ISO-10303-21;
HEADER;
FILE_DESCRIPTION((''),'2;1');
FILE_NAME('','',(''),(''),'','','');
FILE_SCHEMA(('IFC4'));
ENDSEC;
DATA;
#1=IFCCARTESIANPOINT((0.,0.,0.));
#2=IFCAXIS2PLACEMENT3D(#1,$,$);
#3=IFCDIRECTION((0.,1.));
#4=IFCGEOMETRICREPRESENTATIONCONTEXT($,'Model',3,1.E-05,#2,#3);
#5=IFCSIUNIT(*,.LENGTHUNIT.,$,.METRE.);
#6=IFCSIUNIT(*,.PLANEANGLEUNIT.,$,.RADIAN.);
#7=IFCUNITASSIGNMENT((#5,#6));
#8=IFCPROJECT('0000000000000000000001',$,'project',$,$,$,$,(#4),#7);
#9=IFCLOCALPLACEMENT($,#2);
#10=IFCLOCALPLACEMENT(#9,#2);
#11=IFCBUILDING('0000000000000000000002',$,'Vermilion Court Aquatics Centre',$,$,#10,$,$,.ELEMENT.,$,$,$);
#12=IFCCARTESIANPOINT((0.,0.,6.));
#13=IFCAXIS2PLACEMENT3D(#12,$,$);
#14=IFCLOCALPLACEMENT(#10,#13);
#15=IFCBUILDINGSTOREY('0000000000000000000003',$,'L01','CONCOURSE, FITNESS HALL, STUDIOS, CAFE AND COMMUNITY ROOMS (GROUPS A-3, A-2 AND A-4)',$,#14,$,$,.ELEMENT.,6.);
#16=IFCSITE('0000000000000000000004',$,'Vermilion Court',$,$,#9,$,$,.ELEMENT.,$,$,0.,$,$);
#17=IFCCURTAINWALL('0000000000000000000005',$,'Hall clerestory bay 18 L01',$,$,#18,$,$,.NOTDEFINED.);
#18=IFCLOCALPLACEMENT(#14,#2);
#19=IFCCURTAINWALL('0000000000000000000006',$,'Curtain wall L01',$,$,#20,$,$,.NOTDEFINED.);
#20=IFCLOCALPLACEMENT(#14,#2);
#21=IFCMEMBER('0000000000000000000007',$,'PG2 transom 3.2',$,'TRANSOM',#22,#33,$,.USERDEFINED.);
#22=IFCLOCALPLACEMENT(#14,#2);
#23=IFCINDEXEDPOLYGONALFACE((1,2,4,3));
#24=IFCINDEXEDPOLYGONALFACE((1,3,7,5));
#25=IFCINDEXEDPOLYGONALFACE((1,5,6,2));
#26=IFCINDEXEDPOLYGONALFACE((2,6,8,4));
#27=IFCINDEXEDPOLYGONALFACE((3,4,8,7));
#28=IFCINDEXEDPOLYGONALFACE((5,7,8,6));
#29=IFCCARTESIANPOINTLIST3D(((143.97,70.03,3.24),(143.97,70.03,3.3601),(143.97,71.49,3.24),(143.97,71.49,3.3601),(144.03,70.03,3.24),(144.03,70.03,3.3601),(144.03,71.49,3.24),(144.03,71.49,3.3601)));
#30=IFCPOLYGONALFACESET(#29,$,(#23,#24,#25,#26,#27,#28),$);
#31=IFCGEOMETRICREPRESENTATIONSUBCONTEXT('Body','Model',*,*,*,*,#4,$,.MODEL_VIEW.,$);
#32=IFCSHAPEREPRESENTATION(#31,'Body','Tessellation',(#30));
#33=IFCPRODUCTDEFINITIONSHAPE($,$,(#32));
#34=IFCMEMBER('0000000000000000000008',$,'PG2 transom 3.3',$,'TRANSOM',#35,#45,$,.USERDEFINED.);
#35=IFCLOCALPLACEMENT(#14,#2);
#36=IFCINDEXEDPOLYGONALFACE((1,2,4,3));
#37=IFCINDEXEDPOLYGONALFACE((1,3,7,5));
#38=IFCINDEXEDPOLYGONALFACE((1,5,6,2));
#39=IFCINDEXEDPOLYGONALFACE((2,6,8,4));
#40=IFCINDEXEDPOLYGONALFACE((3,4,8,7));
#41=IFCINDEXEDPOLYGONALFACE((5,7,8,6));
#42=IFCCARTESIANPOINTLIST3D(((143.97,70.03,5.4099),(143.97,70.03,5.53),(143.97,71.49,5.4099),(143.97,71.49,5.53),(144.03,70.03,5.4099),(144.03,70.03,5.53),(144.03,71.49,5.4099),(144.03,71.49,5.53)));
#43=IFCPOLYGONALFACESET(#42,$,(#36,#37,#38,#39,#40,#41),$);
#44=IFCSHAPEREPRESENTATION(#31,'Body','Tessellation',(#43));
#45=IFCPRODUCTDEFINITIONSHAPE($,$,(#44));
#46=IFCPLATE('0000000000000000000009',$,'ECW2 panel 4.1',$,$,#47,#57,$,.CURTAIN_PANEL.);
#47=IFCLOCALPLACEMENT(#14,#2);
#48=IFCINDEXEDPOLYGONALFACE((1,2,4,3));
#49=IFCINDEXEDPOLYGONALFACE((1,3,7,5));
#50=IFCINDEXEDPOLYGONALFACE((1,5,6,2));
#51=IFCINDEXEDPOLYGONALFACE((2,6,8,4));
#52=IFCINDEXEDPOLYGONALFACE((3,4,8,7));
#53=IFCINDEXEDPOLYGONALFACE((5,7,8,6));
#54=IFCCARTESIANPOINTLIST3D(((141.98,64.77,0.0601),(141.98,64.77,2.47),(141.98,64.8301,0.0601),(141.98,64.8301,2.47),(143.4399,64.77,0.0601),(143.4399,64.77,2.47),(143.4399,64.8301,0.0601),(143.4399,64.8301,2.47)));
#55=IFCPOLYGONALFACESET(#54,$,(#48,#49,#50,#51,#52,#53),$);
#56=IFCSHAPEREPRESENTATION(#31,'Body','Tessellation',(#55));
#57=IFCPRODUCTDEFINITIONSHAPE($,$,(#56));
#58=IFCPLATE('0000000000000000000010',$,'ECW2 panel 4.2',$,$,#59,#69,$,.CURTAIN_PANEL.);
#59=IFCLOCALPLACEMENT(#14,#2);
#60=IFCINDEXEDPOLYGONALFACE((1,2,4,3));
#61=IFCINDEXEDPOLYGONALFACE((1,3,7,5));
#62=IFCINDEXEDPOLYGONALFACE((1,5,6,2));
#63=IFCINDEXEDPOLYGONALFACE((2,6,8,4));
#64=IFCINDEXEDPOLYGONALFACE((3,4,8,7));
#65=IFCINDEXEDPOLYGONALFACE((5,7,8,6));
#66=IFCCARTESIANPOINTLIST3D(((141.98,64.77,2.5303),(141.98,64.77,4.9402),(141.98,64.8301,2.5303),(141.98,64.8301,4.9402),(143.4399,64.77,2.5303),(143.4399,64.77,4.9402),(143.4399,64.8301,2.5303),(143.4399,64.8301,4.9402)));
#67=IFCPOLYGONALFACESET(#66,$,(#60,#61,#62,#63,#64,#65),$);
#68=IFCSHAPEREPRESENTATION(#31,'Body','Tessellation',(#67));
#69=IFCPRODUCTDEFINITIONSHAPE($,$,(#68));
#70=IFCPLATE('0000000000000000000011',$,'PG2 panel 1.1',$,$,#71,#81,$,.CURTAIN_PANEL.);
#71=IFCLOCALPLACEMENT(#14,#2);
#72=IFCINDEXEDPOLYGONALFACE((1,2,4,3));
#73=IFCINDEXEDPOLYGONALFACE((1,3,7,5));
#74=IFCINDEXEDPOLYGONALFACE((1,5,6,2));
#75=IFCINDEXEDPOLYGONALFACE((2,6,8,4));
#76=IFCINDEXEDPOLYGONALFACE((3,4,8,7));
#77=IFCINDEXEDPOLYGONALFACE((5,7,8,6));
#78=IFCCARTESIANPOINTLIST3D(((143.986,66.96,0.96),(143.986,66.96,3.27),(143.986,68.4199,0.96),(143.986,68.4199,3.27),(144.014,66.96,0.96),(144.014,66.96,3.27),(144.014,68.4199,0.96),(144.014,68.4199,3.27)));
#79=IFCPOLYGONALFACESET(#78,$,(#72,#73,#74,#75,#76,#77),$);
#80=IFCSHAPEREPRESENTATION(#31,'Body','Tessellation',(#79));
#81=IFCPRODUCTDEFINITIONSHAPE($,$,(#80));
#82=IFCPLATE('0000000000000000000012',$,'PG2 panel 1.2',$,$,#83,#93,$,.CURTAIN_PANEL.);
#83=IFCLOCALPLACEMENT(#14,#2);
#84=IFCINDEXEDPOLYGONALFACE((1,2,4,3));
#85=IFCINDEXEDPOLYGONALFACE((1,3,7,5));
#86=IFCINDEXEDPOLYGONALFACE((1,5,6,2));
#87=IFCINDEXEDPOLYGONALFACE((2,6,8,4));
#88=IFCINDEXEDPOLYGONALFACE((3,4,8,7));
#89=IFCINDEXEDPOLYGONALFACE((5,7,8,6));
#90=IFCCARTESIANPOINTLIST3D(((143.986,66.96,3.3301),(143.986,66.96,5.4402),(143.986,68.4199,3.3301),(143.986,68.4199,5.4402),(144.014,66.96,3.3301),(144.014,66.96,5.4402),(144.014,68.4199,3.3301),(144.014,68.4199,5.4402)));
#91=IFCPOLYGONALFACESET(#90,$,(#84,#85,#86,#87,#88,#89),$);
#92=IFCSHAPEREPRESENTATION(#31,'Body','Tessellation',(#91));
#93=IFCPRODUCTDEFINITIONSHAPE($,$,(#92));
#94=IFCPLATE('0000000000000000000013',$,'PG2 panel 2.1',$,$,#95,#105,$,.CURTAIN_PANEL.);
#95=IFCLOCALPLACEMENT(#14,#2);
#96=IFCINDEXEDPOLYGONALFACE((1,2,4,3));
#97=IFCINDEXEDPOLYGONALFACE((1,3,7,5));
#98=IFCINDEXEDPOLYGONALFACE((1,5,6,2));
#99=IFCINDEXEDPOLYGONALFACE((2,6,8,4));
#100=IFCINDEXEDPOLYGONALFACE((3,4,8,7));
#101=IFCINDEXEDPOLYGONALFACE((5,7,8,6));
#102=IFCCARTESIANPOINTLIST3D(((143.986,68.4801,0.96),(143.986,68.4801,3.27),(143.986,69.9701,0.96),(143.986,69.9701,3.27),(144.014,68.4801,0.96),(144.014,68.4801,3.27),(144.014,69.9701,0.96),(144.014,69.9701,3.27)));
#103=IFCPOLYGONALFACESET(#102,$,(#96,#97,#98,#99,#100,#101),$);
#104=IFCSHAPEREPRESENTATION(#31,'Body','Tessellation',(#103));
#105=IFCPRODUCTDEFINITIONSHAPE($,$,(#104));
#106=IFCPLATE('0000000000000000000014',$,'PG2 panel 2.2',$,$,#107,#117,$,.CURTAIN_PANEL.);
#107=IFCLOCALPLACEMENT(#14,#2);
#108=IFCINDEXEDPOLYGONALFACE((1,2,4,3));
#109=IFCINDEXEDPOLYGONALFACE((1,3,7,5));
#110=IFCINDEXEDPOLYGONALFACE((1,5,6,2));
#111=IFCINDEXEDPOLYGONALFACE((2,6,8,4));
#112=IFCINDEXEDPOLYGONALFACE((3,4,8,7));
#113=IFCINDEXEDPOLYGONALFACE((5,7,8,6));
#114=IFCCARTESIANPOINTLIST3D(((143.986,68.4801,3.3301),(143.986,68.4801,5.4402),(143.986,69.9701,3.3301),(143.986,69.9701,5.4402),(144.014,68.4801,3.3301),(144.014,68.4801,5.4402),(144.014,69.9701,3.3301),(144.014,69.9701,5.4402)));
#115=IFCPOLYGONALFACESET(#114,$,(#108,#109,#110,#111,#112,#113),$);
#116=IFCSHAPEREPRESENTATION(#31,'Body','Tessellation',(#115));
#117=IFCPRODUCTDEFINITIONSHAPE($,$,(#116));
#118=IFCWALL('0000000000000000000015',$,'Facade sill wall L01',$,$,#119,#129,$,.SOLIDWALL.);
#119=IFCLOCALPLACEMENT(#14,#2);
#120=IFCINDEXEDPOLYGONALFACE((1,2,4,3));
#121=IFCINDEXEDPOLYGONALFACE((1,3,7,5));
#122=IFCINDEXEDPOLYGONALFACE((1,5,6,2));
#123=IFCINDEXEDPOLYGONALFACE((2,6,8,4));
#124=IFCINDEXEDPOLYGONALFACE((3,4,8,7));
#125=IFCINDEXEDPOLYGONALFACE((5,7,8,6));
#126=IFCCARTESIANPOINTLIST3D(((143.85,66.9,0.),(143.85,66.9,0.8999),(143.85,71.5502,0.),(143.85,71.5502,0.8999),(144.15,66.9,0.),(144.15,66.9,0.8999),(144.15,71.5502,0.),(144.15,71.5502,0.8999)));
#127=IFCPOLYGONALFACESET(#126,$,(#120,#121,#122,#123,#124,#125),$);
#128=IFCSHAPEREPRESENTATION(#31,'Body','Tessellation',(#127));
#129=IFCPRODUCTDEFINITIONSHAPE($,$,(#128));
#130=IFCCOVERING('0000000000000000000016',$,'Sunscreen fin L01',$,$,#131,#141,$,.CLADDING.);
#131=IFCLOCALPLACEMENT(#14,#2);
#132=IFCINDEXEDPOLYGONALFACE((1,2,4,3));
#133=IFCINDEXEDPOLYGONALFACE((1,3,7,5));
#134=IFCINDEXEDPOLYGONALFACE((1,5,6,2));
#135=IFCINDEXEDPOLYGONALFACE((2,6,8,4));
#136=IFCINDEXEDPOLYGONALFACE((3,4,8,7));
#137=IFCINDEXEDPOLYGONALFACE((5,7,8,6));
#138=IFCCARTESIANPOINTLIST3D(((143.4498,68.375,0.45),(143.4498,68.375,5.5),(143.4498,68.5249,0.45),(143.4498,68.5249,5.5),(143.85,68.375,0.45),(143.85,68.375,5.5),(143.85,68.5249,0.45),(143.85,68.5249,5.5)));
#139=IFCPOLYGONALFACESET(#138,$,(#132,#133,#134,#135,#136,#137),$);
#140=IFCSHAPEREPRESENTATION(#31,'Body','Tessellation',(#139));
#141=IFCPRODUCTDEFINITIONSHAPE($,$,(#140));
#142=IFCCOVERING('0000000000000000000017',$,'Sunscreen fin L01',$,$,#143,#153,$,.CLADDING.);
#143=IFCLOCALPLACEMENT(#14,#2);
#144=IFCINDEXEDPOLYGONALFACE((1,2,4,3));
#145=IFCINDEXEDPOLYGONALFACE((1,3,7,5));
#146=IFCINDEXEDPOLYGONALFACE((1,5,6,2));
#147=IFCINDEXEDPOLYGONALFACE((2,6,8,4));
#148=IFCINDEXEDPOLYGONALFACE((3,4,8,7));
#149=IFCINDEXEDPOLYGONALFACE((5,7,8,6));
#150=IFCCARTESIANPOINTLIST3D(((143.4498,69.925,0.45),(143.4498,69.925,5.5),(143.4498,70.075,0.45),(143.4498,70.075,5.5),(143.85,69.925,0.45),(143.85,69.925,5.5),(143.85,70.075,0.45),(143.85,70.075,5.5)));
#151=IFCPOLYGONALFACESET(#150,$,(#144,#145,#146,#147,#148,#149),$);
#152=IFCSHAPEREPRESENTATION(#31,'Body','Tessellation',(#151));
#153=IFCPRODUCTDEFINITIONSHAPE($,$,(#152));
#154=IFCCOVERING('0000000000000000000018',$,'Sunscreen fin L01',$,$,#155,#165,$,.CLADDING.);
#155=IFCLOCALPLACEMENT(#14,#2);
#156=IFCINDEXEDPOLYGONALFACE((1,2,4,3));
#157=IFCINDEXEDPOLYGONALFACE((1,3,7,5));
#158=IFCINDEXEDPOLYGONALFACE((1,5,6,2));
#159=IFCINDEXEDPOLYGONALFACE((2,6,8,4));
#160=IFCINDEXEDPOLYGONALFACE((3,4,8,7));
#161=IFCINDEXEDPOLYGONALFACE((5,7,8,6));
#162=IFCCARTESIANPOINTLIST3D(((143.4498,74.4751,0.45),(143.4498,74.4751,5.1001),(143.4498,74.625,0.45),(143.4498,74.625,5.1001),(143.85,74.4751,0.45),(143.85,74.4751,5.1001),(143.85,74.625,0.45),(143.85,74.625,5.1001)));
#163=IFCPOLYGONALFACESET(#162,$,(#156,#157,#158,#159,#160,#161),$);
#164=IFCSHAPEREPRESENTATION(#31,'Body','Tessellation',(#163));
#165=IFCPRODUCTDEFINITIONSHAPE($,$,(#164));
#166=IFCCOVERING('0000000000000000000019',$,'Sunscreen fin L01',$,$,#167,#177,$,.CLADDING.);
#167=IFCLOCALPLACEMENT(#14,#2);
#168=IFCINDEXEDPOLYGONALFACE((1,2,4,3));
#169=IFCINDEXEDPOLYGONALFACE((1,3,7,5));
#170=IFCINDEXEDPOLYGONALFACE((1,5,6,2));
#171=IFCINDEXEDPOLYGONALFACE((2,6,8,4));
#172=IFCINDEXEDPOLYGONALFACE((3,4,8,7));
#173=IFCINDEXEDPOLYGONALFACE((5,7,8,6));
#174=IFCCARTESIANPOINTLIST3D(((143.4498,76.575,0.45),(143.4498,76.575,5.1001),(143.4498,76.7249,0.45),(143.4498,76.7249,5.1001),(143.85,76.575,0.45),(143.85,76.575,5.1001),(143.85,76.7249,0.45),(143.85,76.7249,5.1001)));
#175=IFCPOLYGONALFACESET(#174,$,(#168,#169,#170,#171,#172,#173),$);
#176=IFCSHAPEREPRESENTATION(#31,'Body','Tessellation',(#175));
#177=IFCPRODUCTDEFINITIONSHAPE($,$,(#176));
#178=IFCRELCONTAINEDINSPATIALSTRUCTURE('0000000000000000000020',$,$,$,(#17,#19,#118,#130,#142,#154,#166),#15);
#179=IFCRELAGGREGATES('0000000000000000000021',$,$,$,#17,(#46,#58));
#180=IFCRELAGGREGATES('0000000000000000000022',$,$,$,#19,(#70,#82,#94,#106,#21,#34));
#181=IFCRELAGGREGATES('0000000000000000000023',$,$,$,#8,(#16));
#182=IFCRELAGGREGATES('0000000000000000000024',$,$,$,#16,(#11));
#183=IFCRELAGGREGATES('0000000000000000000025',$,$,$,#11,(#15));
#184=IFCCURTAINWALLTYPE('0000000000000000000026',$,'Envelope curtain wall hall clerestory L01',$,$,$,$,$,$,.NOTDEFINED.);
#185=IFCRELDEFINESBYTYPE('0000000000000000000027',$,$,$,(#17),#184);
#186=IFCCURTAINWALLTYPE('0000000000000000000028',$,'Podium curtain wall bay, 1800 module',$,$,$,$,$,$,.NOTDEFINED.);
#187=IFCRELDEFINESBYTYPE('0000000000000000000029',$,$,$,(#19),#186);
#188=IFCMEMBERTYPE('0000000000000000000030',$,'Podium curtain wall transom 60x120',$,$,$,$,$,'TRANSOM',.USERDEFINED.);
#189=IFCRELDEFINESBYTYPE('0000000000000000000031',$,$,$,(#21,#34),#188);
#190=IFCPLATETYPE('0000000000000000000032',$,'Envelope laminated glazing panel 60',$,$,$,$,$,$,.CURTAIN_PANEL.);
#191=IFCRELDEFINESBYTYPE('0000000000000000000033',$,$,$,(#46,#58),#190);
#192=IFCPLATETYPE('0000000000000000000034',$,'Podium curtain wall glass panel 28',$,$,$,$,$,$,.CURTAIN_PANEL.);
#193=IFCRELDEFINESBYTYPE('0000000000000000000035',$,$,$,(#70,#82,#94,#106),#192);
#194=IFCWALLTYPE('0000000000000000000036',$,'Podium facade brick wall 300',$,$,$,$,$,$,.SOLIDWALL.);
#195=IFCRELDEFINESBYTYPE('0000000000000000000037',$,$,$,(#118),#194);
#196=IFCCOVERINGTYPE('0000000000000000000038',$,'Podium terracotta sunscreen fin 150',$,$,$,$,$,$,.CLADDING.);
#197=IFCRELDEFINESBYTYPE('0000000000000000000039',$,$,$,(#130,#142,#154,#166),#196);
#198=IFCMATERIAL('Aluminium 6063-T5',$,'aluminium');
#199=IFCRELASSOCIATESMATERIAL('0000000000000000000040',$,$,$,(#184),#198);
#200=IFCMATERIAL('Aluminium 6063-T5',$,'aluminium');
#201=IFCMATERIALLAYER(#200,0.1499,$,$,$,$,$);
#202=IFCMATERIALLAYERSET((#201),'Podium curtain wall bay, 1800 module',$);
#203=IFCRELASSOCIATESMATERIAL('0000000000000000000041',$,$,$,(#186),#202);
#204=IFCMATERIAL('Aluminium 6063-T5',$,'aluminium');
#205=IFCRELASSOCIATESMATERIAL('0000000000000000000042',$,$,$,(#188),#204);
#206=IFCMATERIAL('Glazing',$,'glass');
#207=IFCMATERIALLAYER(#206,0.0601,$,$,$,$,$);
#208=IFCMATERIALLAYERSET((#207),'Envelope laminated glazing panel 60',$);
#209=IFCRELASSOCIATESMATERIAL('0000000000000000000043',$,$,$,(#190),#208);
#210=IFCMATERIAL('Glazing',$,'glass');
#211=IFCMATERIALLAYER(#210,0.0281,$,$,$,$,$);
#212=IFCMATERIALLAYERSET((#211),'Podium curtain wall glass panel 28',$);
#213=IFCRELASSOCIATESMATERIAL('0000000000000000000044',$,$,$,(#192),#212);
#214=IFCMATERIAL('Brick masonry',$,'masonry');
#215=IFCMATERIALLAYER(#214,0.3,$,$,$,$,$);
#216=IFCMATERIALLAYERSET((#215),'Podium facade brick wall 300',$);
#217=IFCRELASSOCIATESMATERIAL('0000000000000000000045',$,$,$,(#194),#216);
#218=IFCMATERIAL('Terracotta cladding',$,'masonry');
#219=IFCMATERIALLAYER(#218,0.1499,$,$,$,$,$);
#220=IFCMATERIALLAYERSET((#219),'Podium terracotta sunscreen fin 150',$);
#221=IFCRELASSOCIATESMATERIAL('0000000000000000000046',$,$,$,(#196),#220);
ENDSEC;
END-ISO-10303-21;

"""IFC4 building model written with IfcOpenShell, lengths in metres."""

from ifc_helpers import new_model, si_unit, direction, frame, frame_2d, origin, origin_2d, place, context, subcontext, project, spatial, rectangle, extrude, material, layer, layer_set, material_profile, profile_set, type_object, element, aggregate, save


model = new_model("IFC4")

# Units and contexts
model_context = context("Model", 3, precision=1e-05, world=origin(), true_north=direction((0.0, 1.0)))
body_context = subcontext(model_context, "Body", "Model", "MODEL_VIEW")
ifc_project = project(units=[si_unit("LENGTHUNIT", "METRE"), si_unit("PLANEANGLEUNIT", "RADIAN")], contexts=[model_context])

# Site, building, storey
site_placement = place(None, origin())
site = spatial("IfcSite", under=ifc_project, at=site_placement, Name="Vermilion Court", CompositionType="ELEMENT", RefElevation=0.0)
building_placement = place(site_placement, origin())
building = spatial("IfcBuilding", under=site, at=building_placement, Name="Vermilion Court Aquatics Centre", CompositionType="ELEMENT")
storey_placement = place(building_placement, frame((0.0, 0.0, 6.0)))
storey = spatial("IfcBuildingStorey", under=building, at=storey_placement, Name="L01", Description="CONCOURSE, FITNESS HALL, STUDIOS, CAFE AND COMMUNITY ROOMS (GROUPS A-3, A-2 AND A-4)", CompositionType="ELEMENT", Elevation=6.0)

# Curtain walls, members
ifc_material_1 = material(Name="Aluminium 6063-T5", Category="aluminium")
curtain_wall_type_1 = type_object("IfcCurtainWallType", Name="Envelope curtain wall hall clerestory L01", PredefinedType="NOTDEFINED", material=ifc_material_1)
curtain_wall_1_placement = place(storey_placement, origin())
curtain_wall_1 = element("IfcCurtainWall", 1, at=curtain_wall_1_placement, inside=storey, type_object=curtain_wall_type_1, Name="Hall clerestory bay 18 L01", PredefinedType="NOTDEFINED")
ifc_material_2 = material(Name="Aluminium 6063-T5", Category="aluminium")
ifc_layer_1 = layer(ifc_material_2, 0.1499)
ifc_layer_set_1 = layer_set([ifc_layer_1], Name="Podium curtain wall bay, 1800 module")
curtain_wall_type_2 = type_object("IfcCurtainWallType", Name="Podium curtain wall bay, 1800 module", PredefinedType="NOTDEFINED", material=ifc_layer_set_1)
curtain_wall_2_placement = place(storey_placement, origin())
curtain_wall_2 = element("IfcCurtainWall", 2, at=curtain_wall_2_placement, inside=storey, type_object=curtain_wall_type_2, Name="Curtain wall L01", PredefinedType="NOTDEFINED")
ifc_material_3 = material(Name="Aluminium 6063-T5", Category="aluminium")
ifc_material_profile_1 = material_profile(ifc_material_3, rectangle(XDim=0.0601, YDim=0.1201, at=origin_2d()), Name="Transom 60x120")
ifc_profile_set_1 = profile_set([ifc_material_profile_1], Name="Aluminium 6063-T5")
member_type_1 = type_object("IfcMemberType", Name="Podium curtain wall transom 60x120", ElementType="TRANSOM", PredefinedType="USERDEFINED", material=ifc_profile_set_1)
member_1_placement = place(storey_placement, frame((144.0, 70.03, 3.3), z_axis=(0.0, 1.0, 0.0), x_axis=(-1.0, 0.0, 0.0)))
member_1 = element("IfcMember", 3, at=member_1_placement, type_object=member_type_1, Name="PG2 transom 3.2", ObjectType="TRANSOM", PredefinedType="USERDEFINED", context=body_context, shape_type="SweptSolid", body=[
    extrude(rectangle(XDim=0.0601, YDim=0.1201, at=origin_2d()), origin(), (0.0, 0.0, 1.0), 1.46),
])
member_2_placement = place(storey_placement, frame((144.0, 70.03, 5.47), z_axis=(0.0, 1.0, 0.0), x_axis=(-1.0, 0.0, 0.0)))
member_2 = element("IfcMember", 4, at=member_2_placement, type_object=member_type_1, Name="PG2 transom 3.3", ObjectType="TRANSOM", PredefinedType="USERDEFINED", context=body_context, shape_type="SweptSolid", body=[
    extrude(rectangle(XDim=0.0601, YDim=0.1201, at=origin_2d()), origin(), (0.0, 0.0, 1.0), 1.46),
])

# Plates
ifc_material_4 = material(Name="Glazing", Category="glass")
ifc_layer_2 = layer(ifc_material_4, 0.0601)
ifc_layer_set_2 = layer_set([ifc_layer_2], Name="Envelope laminated glazing panel 60")
plate_type_1 = type_object("IfcPlateType", Name="Envelope laminated glazing panel 60", PredefinedType="CURTAIN_PANEL", material=ifc_layer_set_2)
plate_1_placement = place(storey_placement, frame((142.71, 64.8, 0.0601), z_axis=(0.0, 0.0, 1.0), x_axis=(1.0, 0.0, 0.0)))
plate_1 = element("IfcPlate", 5, at=plate_1_placement, type_object=plate_type_1, Name="ECW2 panel 4.1", PredefinedType="CURTAIN_PANEL", context=body_context, shape_type="SweptSolid", body=[
    extrude(rectangle(XDim=1.46, YDim=0.0601, at=origin_2d()), origin(), (0.0, 0.0, 1.0), 2.4099),
])
plate_2_placement = place(storey_placement, frame((142.71, 64.8, 2.5303), z_axis=(0.0, 0.0, 1.0), x_axis=(1.0, 0.0, 0.0)))
plate_2 = element("IfcPlate", 6, at=plate_2_placement, type_object=plate_type_1, Name="ECW2 panel 4.2", PredefinedType="CURTAIN_PANEL", context=body_context, shape_type="SweptSolid", body=[
    extrude(rectangle(XDim=1.46, YDim=0.0601, at=origin_2d()), origin(), (0.0, 0.0, 1.0), 2.4099),
])
aggregate(curtain_wall_1, [plate_1, plate_2])
ifc_material_5 = material(Name="Glazing", Category="glass")
ifc_layer_3 = layer(ifc_material_5, 0.0281)
ifc_layer_set_3 = layer_set([ifc_layer_3], Name="Podium curtain wall glass panel 28")
plate_type_2 = type_object("IfcPlateType", Name="Podium curtain wall glass panel 28", PredefinedType="CURTAIN_PANEL", material=ifc_layer_set_3)
plate_3_placement = place(storey_placement, frame((144.0, 67.6899, 0.96), z_axis=(0.0, 0.0, 1.0), x_axis=(0.0, 1.0, 0.0)))
plate_3 = element("IfcPlate", 7, at=plate_3_placement, type_object=plate_type_2, Name="PG2 panel 1.1", PredefinedType="CURTAIN_PANEL", context=body_context, shape_type="SweptSolid", body=[
    extrude(rectangle(XDim=1.46, YDim=0.0281, at=origin_2d()), origin(), (0.0, 0.0, 1.0), 2.3101),
])
plate_4_placement = place(storey_placement, frame((144.0, 67.6899, 3.3301), z_axis=(0.0, 0.0, 1.0), x_axis=(0.0, 1.0, 0.0)))
plate_4 = element("IfcPlate", 8, at=plate_4_placement, type_object=plate_type_2, Name="PG2 panel 1.2", PredefinedType="CURTAIN_PANEL", context=body_context, shape_type="SweptSolid", body=[
    extrude(rectangle(XDim=1.46, YDim=0.0281, at=origin_2d()), origin(), (0.0, 0.0, 1.0), 2.1101),
])
plate_5_placement = place(storey_placement, frame((144.0, 69.2251, 0.96), z_axis=(0.0, 0.0, 1.0), x_axis=(0.0, 1.0, 0.0)))
plate_5 = element("IfcPlate", 9, at=plate_5_placement, type_object=plate_type_2, Name="PG2 panel 2.1", PredefinedType="CURTAIN_PANEL", context=body_context, shape_type="SweptSolid", body=[
    extrude(rectangle(XDim=1.49, YDim=0.0281, at=origin_2d()), origin(), (0.0, 0.0, 1.0), 2.3101),
])
plate_6_placement = place(storey_placement, frame((144.0, 69.2251, 3.3301), z_axis=(0.0, 0.0, 1.0), x_axis=(0.0, 1.0, 0.0)))
plate_6 = element("IfcPlate", 10, at=plate_6_placement, type_object=plate_type_2, Name="PG2 panel 2.2", PredefinedType="CURTAIN_PANEL", context=body_context, shape_type="SweptSolid", body=[
    extrude(rectangle(XDim=1.49, YDim=0.0281, at=origin_2d()), origin(), (0.0, 0.0, 1.0), 2.1101),
])
aggregate(curtain_wall_2, [plate_3, plate_4, plate_5, plate_6, member_1, member_2])

# Wall
ifc_material_6 = material(Name="Brick masonry", Category="masonry")
ifc_layer_4 = layer(ifc_material_6, 0.3)
ifc_layer_set_4 = layer_set([ifc_layer_4], Name="Podium facade brick wall 300")
wall_type = type_object("IfcWallType", Name="Podium facade brick wall 300", PredefinedType="SOLIDWALL", material=ifc_layer_set_4)
wall_placement = place(storey_placement, frame((144.0, 66.8999, 0.0), z_axis=(0.0, 0.0, 1.0), x_axis=(0.0, 1.0, 0.0)))
element("IfcWall", 11, at=wall_placement, inside=storey, type_object=wall_type, Name="Facade sill wall L01", PredefinedType="SOLIDWALL", context=body_context, shape_type="SweptSolid", body=[
    extrude(rectangle(XDim=4.6501, YDim=0.3, at=frame_2d((2.3252, 0.0))), origin(), (0.0, 0.0, 1.0), 0.8999),
])

# Coverings
ifc_material_7 = material(Name="Terracotta cladding", Category="masonry")
ifc_layer_5 = layer(ifc_material_7, 0.1499)
ifc_layer_set_5 = layer_set([ifc_layer_5], Name="Podium terracotta sunscreen fin 150")
covering_type = type_object("IfcCoveringType", Name="Podium terracotta sunscreen fin 150", PredefinedType="CLADDING", material=ifc_layer_set_5)
for number, where, z_axis, x_axis, name in (
    (12, (143.8501, 68.45, 0.45), (0.0, 0.0, 1.0), (-1.0, 0.0, 0.0), "Sunscreen fin L01"),
    (13, (143.8501, 70.0, 0.45), (0.0, 0.0, 1.0), (-1.0, 0.0, 0.0), "Sunscreen fin L01"),
):
    element("IfcCovering", number, at=place(storey_placement, frame(where, z_axis=z_axis, x_axis=x_axis)), inside=storey, type_object=covering_type, Name=name, PredefinedType="CLADDING", context=body_context, shape_type="SweptSolid", body=[
        extrude(rectangle(XDim=0.4001, YDim=0.1499, at=frame_2d((0.2002, 0.0))), origin(), (0.0, 0.0, 1.0), 5.05),
    ])
for number, where, z_axis, x_axis, name in (
    (14, (143.8501, 74.55, 0.45), (0.0, 0.0, 1.0), (-1.0, 0.0, 0.0), "Sunscreen fin L01"),
    (15, (143.8501, 76.6499, 0.45), (0.0, 0.0, 1.0), (-1.0, 0.0, 0.0), "Sunscreen fin L01"),
):
    element("IfcCovering", number, at=place(storey_placement, frame(where, z_axis=z_axis, x_axis=x_axis)), inside=storey, type_object=covering_type, Name=name, PredefinedType="CLADDING", context=body_context, shape_type="SweptSolid", body=[
        extrude(rectangle(XDim=0.4001, YDim=0.1499, at=frame_2d((0.2002, 0.0))), origin(), (0.0, 0.0, 1.0), 4.6501),
    ])

save(model, "model.ifc")
